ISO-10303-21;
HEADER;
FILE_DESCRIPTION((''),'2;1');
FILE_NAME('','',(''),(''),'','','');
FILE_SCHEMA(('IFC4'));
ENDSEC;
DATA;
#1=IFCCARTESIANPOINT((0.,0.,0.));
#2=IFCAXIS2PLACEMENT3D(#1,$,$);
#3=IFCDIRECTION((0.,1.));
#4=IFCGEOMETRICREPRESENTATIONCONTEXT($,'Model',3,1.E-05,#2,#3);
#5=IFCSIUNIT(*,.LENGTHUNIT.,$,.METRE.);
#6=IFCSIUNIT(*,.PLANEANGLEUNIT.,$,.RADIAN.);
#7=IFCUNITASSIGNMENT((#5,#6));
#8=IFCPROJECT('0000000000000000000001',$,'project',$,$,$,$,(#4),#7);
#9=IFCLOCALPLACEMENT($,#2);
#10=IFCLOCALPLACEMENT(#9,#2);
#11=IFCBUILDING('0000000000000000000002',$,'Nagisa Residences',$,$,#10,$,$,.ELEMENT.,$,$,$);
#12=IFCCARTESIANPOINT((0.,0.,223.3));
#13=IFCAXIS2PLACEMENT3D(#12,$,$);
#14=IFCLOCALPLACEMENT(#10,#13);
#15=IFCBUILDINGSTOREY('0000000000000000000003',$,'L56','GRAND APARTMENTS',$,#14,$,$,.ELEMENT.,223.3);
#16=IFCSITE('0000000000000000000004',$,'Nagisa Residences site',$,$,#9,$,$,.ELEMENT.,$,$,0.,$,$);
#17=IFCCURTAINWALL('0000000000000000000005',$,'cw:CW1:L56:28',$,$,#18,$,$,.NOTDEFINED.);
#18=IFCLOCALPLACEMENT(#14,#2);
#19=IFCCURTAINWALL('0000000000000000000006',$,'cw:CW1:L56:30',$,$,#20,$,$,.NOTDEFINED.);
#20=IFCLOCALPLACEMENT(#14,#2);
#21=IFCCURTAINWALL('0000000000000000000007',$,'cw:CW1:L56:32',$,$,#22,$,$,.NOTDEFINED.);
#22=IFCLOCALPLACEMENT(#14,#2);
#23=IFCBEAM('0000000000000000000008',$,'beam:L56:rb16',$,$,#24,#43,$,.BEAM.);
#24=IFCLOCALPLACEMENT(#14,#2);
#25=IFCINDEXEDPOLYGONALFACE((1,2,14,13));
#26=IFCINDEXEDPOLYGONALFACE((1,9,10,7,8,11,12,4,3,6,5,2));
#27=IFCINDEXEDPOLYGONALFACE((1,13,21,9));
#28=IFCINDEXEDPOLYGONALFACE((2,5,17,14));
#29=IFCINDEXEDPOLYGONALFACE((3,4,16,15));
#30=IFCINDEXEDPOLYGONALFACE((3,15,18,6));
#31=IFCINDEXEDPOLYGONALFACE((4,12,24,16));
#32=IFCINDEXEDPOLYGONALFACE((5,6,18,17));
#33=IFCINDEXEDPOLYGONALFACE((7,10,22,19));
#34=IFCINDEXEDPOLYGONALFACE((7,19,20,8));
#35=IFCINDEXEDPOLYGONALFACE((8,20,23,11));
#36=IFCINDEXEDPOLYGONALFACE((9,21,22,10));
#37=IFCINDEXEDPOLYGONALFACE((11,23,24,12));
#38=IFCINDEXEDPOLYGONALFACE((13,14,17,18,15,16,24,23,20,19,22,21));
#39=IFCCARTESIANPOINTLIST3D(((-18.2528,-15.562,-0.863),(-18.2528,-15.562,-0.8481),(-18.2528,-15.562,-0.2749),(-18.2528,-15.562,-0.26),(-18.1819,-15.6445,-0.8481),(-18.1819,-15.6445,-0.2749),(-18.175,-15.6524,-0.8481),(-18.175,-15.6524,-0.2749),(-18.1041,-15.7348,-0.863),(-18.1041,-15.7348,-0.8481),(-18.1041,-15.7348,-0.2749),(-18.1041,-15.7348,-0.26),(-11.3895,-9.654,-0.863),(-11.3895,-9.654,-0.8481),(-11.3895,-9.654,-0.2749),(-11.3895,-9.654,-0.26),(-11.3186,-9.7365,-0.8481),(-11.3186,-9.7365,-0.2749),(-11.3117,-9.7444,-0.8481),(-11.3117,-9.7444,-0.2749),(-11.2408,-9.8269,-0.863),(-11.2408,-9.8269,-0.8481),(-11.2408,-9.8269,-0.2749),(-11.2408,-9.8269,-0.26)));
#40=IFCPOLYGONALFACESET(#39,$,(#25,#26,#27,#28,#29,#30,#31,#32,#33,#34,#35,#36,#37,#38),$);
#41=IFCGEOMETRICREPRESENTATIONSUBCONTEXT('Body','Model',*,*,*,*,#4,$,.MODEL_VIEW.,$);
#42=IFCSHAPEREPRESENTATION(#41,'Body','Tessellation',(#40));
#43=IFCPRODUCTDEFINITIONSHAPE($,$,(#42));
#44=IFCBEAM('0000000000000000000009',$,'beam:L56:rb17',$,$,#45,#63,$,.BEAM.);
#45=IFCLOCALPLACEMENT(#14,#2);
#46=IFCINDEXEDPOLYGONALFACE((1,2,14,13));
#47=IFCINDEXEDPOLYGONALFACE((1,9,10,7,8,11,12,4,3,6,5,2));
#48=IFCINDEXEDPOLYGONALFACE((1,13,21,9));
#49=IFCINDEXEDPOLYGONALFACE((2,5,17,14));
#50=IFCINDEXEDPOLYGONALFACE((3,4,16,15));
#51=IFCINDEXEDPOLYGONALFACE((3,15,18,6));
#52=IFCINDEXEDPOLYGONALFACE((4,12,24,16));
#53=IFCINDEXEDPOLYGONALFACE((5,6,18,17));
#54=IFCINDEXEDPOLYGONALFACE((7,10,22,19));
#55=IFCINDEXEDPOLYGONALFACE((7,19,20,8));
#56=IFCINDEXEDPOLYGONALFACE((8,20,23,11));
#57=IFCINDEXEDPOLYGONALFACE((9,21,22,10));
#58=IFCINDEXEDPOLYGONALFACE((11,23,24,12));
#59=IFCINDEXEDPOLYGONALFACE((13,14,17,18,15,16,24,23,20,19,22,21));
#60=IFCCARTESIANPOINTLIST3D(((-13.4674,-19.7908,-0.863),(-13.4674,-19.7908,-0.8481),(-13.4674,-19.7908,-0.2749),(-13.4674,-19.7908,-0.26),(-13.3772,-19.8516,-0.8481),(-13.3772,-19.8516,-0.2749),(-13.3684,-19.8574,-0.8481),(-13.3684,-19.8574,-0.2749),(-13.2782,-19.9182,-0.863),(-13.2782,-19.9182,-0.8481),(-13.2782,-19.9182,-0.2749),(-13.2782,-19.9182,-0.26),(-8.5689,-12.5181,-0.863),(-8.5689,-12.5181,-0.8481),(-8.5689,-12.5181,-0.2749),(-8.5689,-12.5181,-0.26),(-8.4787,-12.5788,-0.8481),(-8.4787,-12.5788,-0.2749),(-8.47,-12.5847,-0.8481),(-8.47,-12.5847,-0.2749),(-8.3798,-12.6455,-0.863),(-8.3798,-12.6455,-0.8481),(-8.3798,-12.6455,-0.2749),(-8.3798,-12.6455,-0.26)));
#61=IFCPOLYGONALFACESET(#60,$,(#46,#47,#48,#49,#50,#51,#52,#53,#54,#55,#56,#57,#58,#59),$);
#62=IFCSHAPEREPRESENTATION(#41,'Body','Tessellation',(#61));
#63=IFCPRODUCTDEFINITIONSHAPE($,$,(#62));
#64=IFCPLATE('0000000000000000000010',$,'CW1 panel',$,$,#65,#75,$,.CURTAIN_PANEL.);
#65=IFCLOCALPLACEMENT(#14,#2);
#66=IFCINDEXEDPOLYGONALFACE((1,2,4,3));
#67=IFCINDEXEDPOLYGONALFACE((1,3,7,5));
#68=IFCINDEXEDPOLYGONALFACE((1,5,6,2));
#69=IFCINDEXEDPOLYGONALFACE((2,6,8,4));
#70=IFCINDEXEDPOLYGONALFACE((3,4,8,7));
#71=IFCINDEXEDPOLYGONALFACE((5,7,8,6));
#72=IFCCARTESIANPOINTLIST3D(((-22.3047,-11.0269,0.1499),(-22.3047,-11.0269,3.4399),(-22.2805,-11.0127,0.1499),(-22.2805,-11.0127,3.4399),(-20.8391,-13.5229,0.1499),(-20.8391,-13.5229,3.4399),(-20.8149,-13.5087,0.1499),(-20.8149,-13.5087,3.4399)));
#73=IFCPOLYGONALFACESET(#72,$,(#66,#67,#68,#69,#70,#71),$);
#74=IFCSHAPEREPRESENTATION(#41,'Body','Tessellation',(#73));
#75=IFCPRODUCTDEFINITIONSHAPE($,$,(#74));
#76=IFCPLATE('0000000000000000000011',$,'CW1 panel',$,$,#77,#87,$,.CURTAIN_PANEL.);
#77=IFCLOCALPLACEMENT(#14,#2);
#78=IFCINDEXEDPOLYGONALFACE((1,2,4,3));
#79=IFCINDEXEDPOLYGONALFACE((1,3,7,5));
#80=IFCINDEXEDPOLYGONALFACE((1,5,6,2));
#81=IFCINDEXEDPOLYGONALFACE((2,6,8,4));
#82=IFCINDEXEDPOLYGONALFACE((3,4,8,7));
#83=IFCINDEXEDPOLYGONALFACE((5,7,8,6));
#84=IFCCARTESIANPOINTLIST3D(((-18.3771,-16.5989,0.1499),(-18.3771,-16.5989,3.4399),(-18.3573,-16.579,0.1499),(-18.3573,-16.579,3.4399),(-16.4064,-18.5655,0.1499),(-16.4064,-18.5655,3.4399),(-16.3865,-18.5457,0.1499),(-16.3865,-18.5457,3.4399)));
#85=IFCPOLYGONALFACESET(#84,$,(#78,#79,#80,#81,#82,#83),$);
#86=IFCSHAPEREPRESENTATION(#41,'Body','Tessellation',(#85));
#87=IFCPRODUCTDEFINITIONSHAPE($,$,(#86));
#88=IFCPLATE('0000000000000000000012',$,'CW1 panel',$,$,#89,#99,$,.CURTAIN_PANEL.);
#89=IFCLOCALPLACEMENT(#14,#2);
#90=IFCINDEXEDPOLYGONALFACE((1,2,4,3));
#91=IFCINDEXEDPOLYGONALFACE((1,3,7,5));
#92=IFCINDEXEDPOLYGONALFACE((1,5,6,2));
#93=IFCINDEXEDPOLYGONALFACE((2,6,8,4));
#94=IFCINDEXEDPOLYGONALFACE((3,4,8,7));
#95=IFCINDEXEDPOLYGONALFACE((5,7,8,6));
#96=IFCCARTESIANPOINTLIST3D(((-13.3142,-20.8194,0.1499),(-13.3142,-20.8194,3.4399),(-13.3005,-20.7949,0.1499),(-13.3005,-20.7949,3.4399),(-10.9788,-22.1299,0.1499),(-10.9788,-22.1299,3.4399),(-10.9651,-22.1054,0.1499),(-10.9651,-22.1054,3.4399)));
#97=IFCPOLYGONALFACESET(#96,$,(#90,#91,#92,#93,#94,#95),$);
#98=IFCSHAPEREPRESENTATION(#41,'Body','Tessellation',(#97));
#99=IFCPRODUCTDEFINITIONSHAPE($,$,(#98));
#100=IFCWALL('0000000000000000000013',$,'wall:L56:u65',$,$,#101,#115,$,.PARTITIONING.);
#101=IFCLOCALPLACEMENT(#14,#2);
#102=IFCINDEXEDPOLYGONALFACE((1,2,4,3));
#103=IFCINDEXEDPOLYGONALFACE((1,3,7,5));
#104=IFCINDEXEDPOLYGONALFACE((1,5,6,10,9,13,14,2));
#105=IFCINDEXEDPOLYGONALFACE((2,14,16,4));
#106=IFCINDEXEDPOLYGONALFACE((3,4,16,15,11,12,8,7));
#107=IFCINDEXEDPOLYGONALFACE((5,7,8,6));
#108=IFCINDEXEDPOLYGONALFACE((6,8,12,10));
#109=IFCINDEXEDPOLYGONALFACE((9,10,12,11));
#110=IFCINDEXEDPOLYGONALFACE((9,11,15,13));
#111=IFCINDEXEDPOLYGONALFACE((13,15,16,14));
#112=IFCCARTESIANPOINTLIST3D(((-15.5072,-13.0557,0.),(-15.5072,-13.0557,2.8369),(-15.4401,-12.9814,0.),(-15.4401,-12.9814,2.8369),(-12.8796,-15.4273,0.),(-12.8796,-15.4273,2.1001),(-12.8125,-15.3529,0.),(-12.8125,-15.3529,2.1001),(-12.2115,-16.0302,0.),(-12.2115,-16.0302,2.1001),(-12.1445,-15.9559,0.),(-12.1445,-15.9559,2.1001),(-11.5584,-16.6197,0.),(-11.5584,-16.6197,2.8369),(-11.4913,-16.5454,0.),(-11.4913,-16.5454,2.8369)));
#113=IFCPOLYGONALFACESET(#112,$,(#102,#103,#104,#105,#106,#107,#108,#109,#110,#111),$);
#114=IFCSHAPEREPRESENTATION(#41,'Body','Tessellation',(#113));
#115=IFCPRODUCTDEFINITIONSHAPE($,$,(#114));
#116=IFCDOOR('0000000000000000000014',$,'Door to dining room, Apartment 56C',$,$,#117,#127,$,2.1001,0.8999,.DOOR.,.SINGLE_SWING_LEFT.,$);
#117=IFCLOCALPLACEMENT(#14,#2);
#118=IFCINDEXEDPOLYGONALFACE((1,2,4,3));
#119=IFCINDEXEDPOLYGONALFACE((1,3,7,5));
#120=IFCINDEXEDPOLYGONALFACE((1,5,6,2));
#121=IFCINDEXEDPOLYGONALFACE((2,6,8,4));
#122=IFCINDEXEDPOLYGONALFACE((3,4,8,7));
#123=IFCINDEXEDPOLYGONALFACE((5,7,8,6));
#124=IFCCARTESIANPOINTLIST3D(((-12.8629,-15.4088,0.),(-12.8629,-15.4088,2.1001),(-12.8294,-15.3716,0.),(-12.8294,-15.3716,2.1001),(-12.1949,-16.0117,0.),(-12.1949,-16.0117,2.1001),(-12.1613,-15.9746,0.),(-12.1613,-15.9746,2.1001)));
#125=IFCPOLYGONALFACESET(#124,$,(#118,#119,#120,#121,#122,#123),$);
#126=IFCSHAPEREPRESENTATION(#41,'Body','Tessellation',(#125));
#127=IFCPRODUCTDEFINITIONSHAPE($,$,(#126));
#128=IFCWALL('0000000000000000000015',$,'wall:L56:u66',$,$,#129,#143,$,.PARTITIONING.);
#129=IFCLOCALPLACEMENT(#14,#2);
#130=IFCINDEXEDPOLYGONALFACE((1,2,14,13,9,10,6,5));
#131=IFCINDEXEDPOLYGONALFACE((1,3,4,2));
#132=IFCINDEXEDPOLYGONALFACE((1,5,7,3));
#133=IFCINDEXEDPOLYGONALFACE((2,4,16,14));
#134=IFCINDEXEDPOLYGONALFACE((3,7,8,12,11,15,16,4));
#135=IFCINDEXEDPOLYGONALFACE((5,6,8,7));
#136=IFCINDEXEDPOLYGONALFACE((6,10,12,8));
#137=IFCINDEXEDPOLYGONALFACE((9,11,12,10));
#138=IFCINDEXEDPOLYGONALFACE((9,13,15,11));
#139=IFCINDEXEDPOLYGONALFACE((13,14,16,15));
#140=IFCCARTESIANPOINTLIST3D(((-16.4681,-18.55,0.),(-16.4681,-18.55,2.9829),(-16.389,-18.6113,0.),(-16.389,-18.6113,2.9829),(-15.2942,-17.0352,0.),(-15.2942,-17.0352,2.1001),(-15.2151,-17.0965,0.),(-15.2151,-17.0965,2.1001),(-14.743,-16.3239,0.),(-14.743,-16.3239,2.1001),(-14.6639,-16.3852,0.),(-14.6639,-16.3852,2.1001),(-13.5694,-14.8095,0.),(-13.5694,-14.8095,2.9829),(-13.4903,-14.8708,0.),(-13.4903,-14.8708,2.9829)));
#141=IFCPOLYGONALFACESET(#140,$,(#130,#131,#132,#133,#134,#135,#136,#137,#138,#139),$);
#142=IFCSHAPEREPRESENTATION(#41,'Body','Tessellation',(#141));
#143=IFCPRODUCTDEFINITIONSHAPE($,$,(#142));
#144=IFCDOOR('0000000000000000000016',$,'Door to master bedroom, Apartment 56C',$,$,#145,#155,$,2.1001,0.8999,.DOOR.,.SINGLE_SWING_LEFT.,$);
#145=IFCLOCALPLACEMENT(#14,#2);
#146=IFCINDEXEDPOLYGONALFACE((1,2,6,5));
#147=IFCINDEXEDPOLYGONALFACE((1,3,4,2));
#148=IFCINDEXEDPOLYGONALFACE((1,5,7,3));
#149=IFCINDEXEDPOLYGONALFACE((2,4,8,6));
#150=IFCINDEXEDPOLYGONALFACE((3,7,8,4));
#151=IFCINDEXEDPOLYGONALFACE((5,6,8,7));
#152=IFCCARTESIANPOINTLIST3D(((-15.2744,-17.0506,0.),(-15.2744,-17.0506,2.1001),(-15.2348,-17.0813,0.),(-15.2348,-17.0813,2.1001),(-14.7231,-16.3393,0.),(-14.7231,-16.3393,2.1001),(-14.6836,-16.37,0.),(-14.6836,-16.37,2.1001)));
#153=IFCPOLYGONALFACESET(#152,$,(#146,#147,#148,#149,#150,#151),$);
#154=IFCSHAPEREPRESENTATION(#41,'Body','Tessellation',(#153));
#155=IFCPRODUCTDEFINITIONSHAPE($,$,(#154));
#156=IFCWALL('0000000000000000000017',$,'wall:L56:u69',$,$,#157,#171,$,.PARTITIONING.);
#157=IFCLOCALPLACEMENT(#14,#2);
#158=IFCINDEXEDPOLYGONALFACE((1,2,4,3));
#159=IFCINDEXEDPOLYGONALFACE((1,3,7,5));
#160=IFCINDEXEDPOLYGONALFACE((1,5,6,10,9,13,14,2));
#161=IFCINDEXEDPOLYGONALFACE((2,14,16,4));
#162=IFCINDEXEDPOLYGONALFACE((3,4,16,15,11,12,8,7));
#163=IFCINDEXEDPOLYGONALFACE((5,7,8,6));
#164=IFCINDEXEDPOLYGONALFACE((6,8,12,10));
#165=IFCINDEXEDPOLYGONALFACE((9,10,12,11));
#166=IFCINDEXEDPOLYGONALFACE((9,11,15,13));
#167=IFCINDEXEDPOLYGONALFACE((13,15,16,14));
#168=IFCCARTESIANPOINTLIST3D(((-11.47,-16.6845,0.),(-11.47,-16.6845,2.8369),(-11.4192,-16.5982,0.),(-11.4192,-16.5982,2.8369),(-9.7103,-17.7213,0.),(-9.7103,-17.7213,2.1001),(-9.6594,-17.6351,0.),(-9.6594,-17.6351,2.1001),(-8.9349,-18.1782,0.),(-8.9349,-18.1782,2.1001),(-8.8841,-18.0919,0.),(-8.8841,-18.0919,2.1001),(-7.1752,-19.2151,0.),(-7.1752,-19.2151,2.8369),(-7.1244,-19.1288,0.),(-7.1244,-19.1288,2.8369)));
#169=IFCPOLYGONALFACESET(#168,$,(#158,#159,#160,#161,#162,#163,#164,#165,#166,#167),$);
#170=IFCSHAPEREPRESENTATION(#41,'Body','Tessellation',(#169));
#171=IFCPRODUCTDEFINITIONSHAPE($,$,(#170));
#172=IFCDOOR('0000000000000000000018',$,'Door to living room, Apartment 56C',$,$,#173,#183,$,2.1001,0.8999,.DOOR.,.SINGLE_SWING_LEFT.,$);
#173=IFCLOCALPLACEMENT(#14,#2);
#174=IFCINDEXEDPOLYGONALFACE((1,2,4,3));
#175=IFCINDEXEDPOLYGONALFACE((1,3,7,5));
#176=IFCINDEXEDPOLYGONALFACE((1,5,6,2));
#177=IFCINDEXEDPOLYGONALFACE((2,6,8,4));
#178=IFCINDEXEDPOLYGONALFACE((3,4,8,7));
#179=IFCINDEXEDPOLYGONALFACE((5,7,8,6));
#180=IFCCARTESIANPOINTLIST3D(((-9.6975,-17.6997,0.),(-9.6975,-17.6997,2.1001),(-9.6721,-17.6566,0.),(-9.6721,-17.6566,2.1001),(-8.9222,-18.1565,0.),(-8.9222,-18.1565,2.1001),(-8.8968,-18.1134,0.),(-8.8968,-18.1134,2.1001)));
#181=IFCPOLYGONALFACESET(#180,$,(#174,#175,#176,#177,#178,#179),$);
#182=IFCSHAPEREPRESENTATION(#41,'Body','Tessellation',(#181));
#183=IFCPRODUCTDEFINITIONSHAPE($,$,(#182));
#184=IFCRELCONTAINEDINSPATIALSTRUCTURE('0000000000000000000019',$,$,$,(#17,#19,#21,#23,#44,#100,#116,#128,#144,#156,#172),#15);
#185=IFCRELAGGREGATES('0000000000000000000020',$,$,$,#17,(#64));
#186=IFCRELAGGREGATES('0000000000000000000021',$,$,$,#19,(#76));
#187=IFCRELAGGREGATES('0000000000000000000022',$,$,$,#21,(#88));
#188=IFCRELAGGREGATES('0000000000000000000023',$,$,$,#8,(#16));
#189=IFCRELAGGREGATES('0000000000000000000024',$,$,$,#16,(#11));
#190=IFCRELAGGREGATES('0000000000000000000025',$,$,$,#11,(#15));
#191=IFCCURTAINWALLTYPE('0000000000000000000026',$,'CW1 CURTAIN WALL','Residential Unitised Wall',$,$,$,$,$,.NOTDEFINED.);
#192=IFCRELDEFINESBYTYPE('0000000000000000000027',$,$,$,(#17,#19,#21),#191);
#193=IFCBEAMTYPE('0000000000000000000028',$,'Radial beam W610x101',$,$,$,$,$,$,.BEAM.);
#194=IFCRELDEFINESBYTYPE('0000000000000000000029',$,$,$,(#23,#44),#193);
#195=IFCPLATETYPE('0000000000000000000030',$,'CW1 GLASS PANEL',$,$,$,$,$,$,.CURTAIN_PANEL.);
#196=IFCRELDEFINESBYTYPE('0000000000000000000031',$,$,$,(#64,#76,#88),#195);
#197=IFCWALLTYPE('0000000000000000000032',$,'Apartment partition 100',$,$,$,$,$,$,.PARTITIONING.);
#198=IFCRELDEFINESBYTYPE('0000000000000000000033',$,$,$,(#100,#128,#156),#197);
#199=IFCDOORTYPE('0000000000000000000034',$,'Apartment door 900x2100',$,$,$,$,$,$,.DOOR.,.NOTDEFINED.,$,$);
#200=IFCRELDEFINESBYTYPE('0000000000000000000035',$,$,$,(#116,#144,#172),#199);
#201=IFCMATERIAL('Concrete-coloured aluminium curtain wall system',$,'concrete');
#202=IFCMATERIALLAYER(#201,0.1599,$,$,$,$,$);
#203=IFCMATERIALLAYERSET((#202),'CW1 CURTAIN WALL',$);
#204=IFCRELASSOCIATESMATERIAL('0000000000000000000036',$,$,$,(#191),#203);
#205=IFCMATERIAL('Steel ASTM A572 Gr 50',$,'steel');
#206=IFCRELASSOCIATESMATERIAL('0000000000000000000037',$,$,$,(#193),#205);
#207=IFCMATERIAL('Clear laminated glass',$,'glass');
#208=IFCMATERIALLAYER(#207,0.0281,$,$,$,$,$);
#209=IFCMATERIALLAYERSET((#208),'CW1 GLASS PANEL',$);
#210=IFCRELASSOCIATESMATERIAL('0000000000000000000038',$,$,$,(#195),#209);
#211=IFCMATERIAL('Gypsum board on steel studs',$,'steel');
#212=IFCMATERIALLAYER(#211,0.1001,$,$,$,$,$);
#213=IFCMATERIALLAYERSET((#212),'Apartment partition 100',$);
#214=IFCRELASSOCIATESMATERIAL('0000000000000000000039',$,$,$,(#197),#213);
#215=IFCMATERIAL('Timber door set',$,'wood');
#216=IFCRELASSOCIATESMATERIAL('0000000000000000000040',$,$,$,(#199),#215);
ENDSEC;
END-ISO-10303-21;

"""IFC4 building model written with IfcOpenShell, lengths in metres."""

from ifc_helpers import new_model, si_unit, direction, frame, frame_2d, origin, origin_2d, place, context, subcontext, project, spatial, rectangle, i_section, extrude, material, layer, layer_set, material_profile, profile_set, type_object, element, fill, aggregate, save


model = new_model("IFC4")

# Units and contexts
model_context = context("Model", 3, precision=1e-05, world=origin(), true_north=direction((0.0, 1.0)))
body_context = subcontext(model_context, "Body", "Model", "MODEL_VIEW")
ifc_project = project(units=[si_unit("LENGTHUNIT", "METRE"), si_unit("PLANEANGLEUNIT", "RADIAN")], contexts=[model_context])

# Site, building, storey
site_placement = place(None, origin())
site = spatial("IfcSite", under=ifc_project, at=site_placement, Name="Nagisa Residences site", CompositionType="ELEMENT", RefElevation=0.0)
building_placement = place(site_placement, origin())
building = spatial("IfcBuilding", under=site, at=building_placement, Name="Nagisa Residences", CompositionType="ELEMENT")
storey_placement = place(building_placement, frame((0.0, 0.0, 223.3)))
storey = spatial("IfcBuildingStorey", under=building, at=storey_placement, Name="L56", Description="GRAND APARTMENTS", CompositionType="ELEMENT", Elevation=223.3)

# Curtain walls
ifc_material_1 = material(Name="Concrete-coloured aluminium curtain wall system", Category="concrete")
ifc_layer_1 = layer(ifc_material_1, 0.1599)
ifc_layer_set_1 = layer_set([ifc_layer_1], Name="CW1 CURTAIN WALL")
curtain_wall_type = type_object("IfcCurtainWallType", Name="CW1 CURTAIN WALL", Description="Residential Unitised Wall", PredefinedType="NOTDEFINED", material=ifc_layer_set_1)
curtain_wall_1_placement = place(storey_placement, origin())
curtain_wall_1 = element("IfcCurtainWall", 1, at=curtain_wall_1_placement, inside=storey, type_object=curtain_wall_type, Name="cw:CW1:L56:28", PredefinedType="NOTDEFINED")
curtain_wall_2_placement = place(storey_placement, origin())
curtain_wall_2 = element("IfcCurtainWall", 2, at=curtain_wall_2_placement, inside=storey, type_object=curtain_wall_type, Name="cw:CW1:L56:30", PredefinedType="NOTDEFINED")
curtain_wall_3_placement = place(storey_placement, origin())
curtain_wall_3 = element("IfcCurtainWall", 3, at=curtain_wall_3_placement, inside=storey, type_object=curtain_wall_type, Name="cw:CW1:L56:32", PredefinedType="NOTDEFINED")

# Beams
ifc_material_2 = material(Name="Steel ASTM A572 Gr 50", Category="steel")
ifc_material_profile_1 = material_profile(ifc_material_2, i_section(OverallWidth=0.228, OverallDepth=0.603, WebThickness=0.0105, FlangeThickness=0.0149, at=origin_2d()), Name="W610x101")
ifc_profile_set_1 = profile_set([ifc_material_profile_1], Name="Steel ASTM A572 Gr 50")
beam_type_1 = type_object("IfcBeamType", Name="Radial beam W610x101", PredefinedType="BEAM", material=ifc_profile_set_1)
beam_1_placement = place(storey_placement, frame((-18.1785, -15.6484, -0.5615), z_axis=(0.757883, 0.652391, 0.0), x_axis=(-0.652391, 0.757883, 0.0)))
element("IfcBeam", 4, at=beam_1_placement, inside=storey, type_object=beam_type_1, Name="beam:L56:rb16", PredefinedType="BEAM", context=body_context, shape_type="SweptSolid", body=[
    extrude(i_section(OverallWidth=0.228, OverallDepth=0.603, WebThickness=0.0105, FlangeThickness=0.0149, at=origin_2d()), origin(), (0.0, 0.0, 1.0), 9.0559),
])
beam_2_placement = place(storey_placement, frame((-13.3728, -19.8545, -0.5615), z_axis=(0.558639, 0.829411, 0.0), x_axis=(-0.829411, 0.558639, 0.0)))
element("IfcBeam", 5, at=beam_2_placement, inside=storey, type_object=beam_type_1, Name="beam:L56:rb17", PredefinedType="BEAM", context=body_context, shape_type="SweptSolid", body=[
    extrude(i_section(OverallWidth=0.228, OverallDepth=0.603, WebThickness=0.0105, FlangeThickness=0.0149, at=origin_2d()), origin(), (0.0, 0.0, 1.0), 8.7686),
])

# Plates
ifc_material_3 = material(Name="Clear laminated glass", Category="glass")
ifc_layer_2 = layer(ifc_material_3, 0.0281)
ifc_layer_set_2 = layer_set([ifc_layer_2], Name="CW1 GLASS PANEL")
plate_type = type_object("IfcPlateType", Name="CW1 GLASS PANEL", PredefinedType="CURTAIN_PANEL", material=ifc_layer_set_2)
plate_1_placement = place(storey_placement, frame((-21.5598, -12.2678, 0.1499), z_axis=(0.0, 0.0, 1.0), x_axis=(0.506349, -0.862329, 0.0)))
plate_1 = element("IfcPlate", 6, at=plate_1_placement, type_object=plate_type, Name="CW1 panel", PredefinedType="CURTAIN_PANEL", context=body_context, shape_type="SweptSolid", body=[
    extrude(rectangle(XDim=2.8945, YDim=0.0281, at=origin_2d()), origin(), (0.0, 0.0, 1.0), 3.29),
])
aggregate(curtain_wall_1, [plate_1])
plate_2_placement = place(storey_placement, frame((-17.3818, -17.5723, 0.1499), z_axis=(0.0, 0.0, 1.0), x_axis=(0.707836, -0.706377, 0.0)))
plate_2 = element("IfcPlate", 7, at=plate_2_placement, type_object=plate_type, Name="CW1 panel", PredefinedType="CURTAIN_PANEL", context=body_context, shape_type="SweptSolid", body=[
    extrude(rectangle(XDim=2.7842, YDim=0.0281, at=origin_2d()), origin(), (0.0, 0.0, 1.0), 3.29),
])
aggregate(curtain_wall_2, [plate_2])
plate_3_placement = place(storey_placement, frame((-12.1396, -21.4624, 0.1499), z_axis=(0.0, 0.0, 1.0), x_axis=(0.872072, -0.489377, 0.0)))
plate_3 = element("IfcPlate", 8, at=plate_3_placement, type_object=plate_type, Name="CW1 panel", PredefinedType="CURTAIN_PANEL", context=body_context, shape_type="SweptSolid", body=[
    extrude(rectangle(XDim=2.678, YDim=0.0281, at=origin_2d()), origin(), (0.0, 0.0, 1.0), 3.29),
])
aggregate(curtain_wall_3, [plate_3])

# Walls, openings, doors
ifc_material_4 = material(Name="Gypsum board on steel studs", Category="steel")
ifc_layer_3 = layer(ifc_material_4, 0.1001)
ifc_layer_set_3 = layer_set([ifc_layer_3], Name="Apartment partition 100")
wall_type_1 = type_object("IfcWallType", Name="Apartment partition 100", PredefinedType="PARTITIONING", material=ifc_layer_set_3)
wall_1_placement = place(storey_placement, frame((-15.4736, -13.0186, 0.0), z_axis=(0.0, 0.0, 1.0), x_axis=(0.742349, -0.670014, 0.0)))
wall_1 = element("IfcWall", 9, at=wall_1_placement, inside=storey, type_object=wall_type_1, Name="wall:L56:u65", PredefinedType="PARTITIONING", context=body_context, shape_type="SweptSolid", body=[
    extrude(rectangle(XDim=5.3193, YDim=0.1001, at=frame_2d((2.6597, 0.0))), origin(), (0.0, 0.0, 1.0), 2.8369),
])
opening_1_placement = place(wall_1_placement, frame((3.5396, 0.0, 0.0)))
opening_1 = element("IfcOpeningElement", 10, at=opening_1_placement, cuts=wall_1, PredefinedType="OPENING", context=body_context, shape_type="SweptSolid", body=[
    extrude(rectangle(XDim=0.8999, YDim=2.1001, at=frame_2d((0.45, 1.05))), frame((0.0, 0.0601, 0.0), z_axis=(0.0, -1.0, 0.0), x_axis=(1.0, 0.0, 0.0)), (0.0, 0.0, 1.0), 0.1201),
])
ifc_material_5 = material(Name="Timber door set", Category="wood")
door_type_1 = type_object("IfcDoorType", Name="Apartment door 900x2100", OperationType="NOTDEFINED", PredefinedType="DOOR", material=ifc_material_5)
door_1_placement = place(opening_1_placement, origin())
door_1 = element("IfcDoor", 11, at=door_1_placement, inside=storey, type_object=door_type_1, Name="Door to dining room, Apartment 56C", OperationType="SINGLE_SWING_LEFT", OverallHeight=2.1001, OverallWidth=0.8999, PredefinedType="DOOR", context=body_context, shape_type="SweptSolid", body=[
    extrude(rectangle(XDim=0.8999, YDim=2.1001, at=frame_2d((0.45, 1.05))), frame((0.0, 0.0249, 0.0), z_axis=(0.0, -1.0, 0.0), x_axis=(1.0, 0.0, 0.0)), (0.0, 0.0, 1.0), 0.05),
])
fill(opening_1, door_1)
wall_2_placement = place(storey_placement, frame((-13.5298, -14.8401, 0.0), z_axis=(0.0, 0.0, 1.0), x_axis=(-0.612547, -0.790434, 0.0)))
wall_2 = element("IfcWall", 12, at=wall_2_placement, inside=storey, type_object=wall_type_1, Name="wall:L56:u66", PredefinedType="PARTITIONING", context=body_context, shape_type="SweptSolid", body=[
    extrude(rectangle(XDim=4.7322, YDim=0.1001, at=frame_2d((2.3662, 0.0))), origin(), (0.0, 0.0, 1.0), 2.9829),
])
opening_2_placement = place(wall_2_placement, frame((1.916, 0.0, 0.0)))
opening_2 = element("IfcOpeningElement", 13, at=opening_2_placement, cuts=wall_2, PredefinedType="OPENING", context=body_context, shape_type="SweptSolid", body=[
    extrude(rectangle(XDim=0.8999, YDim=2.1001, at=frame_2d((0.45, 1.05))), frame((0.0, 0.0601, 0.0), z_axis=(0.0, -1.0, 0.0), x_axis=(1.0, 0.0, 0.0)), (0.0, 0.0, 1.0), 0.1201),
])
door_2_placement = place(opening_2_placement, frame((0.8999, 0.0, 0.0), x_axis=(-1.0, 0.0, 0.0)))
door_2 = element("IfcDoor", 14, at=door_2_placement, inside=storey, type_object=door_type_1, Name="Door to master bedroom, Apartment 56C", OperationType="SINGLE_SWING_LEFT", OverallHeight=2.1001, OverallWidth=0.8999, PredefinedType="DOOR", context=body_context, shape_type="SweptSolid", body=[
    extrude(rectangle(XDim=0.8999, YDim=2.1001, at=frame_2d((0.45, 1.05))), frame((0.0, 0.0249, 0.0), z_axis=(0.0, -1.0, 0.0), x_axis=(1.0, 0.0, 0.0)), (0.0, 0.0, 1.0), 0.05),
])
fill(opening_2, door_2)
wall_3_placement = place(storey_placement, frame((-11.4446, -16.6414, 0.0), z_axis=(0.0, 0.0, 1.0), x_axis=(0.861563, -0.507651, 0.0)))
wall_3 = element("IfcWall", 15, at=wall_3_placement, inside=storey, type_object=wall_type_1, Name="wall:L56:u69", PredefinedType="PARTITIONING", context=body_context, shape_type="SweptSolid", body=[
    extrude(rectangle(XDim=4.9849, YDim=0.1001, at=frame_2d((2.4924, 0.0))), origin(), (0.0, 0.0, 1.0), 2.8369),
])
opening_3_placement = place(wall_3_placement, frame((2.0425, 0.0, 0.0)))
opening_3 = element("IfcOpeningElement", 16, at=opening_3_placement, cuts=wall_3, PredefinedType="OPENING", context=body_context, shape_type="SweptSolid", body=[
    extrude(rectangle(XDim=0.8999, YDim=2.1001, at=frame_2d((0.45, 1.05))), frame((0.0, 0.0601, 0.0), z_axis=(0.0, -1.0, 0.0), x_axis=(1.0, 0.0, 0.0)), (0.0, 0.0, 1.0), 0.1201),
])
door_3_placement = place(opening_3_placement, frame((0.8999, 0.0, 0.0), x_axis=(-1.0, 0.0, 0.0)))
door_3 = element("IfcDoor", 17, at=door_3_placement, inside=storey, type_object=door_type_1, Name="Door to living room, Apartment 56C", OperationType="SINGLE_SWING_LEFT", OverallHeight=2.1001, OverallWidth=0.8999, PredefinedType="DOOR", context=body_context, shape_type="SweptSolid", body=[
    extrude(rectangle(XDim=0.8999, YDim=2.1001, at=frame_2d((0.45, 1.05))), frame((0.0, 0.0249, 0.0), z_axis=(0.0, -1.0, 0.0), x_axis=(1.0, 0.0, 0.0)), (0.0, 0.0, 1.0), 0.05),
])
fill(opening_3, door_3)

save(model, "model.ifc")
